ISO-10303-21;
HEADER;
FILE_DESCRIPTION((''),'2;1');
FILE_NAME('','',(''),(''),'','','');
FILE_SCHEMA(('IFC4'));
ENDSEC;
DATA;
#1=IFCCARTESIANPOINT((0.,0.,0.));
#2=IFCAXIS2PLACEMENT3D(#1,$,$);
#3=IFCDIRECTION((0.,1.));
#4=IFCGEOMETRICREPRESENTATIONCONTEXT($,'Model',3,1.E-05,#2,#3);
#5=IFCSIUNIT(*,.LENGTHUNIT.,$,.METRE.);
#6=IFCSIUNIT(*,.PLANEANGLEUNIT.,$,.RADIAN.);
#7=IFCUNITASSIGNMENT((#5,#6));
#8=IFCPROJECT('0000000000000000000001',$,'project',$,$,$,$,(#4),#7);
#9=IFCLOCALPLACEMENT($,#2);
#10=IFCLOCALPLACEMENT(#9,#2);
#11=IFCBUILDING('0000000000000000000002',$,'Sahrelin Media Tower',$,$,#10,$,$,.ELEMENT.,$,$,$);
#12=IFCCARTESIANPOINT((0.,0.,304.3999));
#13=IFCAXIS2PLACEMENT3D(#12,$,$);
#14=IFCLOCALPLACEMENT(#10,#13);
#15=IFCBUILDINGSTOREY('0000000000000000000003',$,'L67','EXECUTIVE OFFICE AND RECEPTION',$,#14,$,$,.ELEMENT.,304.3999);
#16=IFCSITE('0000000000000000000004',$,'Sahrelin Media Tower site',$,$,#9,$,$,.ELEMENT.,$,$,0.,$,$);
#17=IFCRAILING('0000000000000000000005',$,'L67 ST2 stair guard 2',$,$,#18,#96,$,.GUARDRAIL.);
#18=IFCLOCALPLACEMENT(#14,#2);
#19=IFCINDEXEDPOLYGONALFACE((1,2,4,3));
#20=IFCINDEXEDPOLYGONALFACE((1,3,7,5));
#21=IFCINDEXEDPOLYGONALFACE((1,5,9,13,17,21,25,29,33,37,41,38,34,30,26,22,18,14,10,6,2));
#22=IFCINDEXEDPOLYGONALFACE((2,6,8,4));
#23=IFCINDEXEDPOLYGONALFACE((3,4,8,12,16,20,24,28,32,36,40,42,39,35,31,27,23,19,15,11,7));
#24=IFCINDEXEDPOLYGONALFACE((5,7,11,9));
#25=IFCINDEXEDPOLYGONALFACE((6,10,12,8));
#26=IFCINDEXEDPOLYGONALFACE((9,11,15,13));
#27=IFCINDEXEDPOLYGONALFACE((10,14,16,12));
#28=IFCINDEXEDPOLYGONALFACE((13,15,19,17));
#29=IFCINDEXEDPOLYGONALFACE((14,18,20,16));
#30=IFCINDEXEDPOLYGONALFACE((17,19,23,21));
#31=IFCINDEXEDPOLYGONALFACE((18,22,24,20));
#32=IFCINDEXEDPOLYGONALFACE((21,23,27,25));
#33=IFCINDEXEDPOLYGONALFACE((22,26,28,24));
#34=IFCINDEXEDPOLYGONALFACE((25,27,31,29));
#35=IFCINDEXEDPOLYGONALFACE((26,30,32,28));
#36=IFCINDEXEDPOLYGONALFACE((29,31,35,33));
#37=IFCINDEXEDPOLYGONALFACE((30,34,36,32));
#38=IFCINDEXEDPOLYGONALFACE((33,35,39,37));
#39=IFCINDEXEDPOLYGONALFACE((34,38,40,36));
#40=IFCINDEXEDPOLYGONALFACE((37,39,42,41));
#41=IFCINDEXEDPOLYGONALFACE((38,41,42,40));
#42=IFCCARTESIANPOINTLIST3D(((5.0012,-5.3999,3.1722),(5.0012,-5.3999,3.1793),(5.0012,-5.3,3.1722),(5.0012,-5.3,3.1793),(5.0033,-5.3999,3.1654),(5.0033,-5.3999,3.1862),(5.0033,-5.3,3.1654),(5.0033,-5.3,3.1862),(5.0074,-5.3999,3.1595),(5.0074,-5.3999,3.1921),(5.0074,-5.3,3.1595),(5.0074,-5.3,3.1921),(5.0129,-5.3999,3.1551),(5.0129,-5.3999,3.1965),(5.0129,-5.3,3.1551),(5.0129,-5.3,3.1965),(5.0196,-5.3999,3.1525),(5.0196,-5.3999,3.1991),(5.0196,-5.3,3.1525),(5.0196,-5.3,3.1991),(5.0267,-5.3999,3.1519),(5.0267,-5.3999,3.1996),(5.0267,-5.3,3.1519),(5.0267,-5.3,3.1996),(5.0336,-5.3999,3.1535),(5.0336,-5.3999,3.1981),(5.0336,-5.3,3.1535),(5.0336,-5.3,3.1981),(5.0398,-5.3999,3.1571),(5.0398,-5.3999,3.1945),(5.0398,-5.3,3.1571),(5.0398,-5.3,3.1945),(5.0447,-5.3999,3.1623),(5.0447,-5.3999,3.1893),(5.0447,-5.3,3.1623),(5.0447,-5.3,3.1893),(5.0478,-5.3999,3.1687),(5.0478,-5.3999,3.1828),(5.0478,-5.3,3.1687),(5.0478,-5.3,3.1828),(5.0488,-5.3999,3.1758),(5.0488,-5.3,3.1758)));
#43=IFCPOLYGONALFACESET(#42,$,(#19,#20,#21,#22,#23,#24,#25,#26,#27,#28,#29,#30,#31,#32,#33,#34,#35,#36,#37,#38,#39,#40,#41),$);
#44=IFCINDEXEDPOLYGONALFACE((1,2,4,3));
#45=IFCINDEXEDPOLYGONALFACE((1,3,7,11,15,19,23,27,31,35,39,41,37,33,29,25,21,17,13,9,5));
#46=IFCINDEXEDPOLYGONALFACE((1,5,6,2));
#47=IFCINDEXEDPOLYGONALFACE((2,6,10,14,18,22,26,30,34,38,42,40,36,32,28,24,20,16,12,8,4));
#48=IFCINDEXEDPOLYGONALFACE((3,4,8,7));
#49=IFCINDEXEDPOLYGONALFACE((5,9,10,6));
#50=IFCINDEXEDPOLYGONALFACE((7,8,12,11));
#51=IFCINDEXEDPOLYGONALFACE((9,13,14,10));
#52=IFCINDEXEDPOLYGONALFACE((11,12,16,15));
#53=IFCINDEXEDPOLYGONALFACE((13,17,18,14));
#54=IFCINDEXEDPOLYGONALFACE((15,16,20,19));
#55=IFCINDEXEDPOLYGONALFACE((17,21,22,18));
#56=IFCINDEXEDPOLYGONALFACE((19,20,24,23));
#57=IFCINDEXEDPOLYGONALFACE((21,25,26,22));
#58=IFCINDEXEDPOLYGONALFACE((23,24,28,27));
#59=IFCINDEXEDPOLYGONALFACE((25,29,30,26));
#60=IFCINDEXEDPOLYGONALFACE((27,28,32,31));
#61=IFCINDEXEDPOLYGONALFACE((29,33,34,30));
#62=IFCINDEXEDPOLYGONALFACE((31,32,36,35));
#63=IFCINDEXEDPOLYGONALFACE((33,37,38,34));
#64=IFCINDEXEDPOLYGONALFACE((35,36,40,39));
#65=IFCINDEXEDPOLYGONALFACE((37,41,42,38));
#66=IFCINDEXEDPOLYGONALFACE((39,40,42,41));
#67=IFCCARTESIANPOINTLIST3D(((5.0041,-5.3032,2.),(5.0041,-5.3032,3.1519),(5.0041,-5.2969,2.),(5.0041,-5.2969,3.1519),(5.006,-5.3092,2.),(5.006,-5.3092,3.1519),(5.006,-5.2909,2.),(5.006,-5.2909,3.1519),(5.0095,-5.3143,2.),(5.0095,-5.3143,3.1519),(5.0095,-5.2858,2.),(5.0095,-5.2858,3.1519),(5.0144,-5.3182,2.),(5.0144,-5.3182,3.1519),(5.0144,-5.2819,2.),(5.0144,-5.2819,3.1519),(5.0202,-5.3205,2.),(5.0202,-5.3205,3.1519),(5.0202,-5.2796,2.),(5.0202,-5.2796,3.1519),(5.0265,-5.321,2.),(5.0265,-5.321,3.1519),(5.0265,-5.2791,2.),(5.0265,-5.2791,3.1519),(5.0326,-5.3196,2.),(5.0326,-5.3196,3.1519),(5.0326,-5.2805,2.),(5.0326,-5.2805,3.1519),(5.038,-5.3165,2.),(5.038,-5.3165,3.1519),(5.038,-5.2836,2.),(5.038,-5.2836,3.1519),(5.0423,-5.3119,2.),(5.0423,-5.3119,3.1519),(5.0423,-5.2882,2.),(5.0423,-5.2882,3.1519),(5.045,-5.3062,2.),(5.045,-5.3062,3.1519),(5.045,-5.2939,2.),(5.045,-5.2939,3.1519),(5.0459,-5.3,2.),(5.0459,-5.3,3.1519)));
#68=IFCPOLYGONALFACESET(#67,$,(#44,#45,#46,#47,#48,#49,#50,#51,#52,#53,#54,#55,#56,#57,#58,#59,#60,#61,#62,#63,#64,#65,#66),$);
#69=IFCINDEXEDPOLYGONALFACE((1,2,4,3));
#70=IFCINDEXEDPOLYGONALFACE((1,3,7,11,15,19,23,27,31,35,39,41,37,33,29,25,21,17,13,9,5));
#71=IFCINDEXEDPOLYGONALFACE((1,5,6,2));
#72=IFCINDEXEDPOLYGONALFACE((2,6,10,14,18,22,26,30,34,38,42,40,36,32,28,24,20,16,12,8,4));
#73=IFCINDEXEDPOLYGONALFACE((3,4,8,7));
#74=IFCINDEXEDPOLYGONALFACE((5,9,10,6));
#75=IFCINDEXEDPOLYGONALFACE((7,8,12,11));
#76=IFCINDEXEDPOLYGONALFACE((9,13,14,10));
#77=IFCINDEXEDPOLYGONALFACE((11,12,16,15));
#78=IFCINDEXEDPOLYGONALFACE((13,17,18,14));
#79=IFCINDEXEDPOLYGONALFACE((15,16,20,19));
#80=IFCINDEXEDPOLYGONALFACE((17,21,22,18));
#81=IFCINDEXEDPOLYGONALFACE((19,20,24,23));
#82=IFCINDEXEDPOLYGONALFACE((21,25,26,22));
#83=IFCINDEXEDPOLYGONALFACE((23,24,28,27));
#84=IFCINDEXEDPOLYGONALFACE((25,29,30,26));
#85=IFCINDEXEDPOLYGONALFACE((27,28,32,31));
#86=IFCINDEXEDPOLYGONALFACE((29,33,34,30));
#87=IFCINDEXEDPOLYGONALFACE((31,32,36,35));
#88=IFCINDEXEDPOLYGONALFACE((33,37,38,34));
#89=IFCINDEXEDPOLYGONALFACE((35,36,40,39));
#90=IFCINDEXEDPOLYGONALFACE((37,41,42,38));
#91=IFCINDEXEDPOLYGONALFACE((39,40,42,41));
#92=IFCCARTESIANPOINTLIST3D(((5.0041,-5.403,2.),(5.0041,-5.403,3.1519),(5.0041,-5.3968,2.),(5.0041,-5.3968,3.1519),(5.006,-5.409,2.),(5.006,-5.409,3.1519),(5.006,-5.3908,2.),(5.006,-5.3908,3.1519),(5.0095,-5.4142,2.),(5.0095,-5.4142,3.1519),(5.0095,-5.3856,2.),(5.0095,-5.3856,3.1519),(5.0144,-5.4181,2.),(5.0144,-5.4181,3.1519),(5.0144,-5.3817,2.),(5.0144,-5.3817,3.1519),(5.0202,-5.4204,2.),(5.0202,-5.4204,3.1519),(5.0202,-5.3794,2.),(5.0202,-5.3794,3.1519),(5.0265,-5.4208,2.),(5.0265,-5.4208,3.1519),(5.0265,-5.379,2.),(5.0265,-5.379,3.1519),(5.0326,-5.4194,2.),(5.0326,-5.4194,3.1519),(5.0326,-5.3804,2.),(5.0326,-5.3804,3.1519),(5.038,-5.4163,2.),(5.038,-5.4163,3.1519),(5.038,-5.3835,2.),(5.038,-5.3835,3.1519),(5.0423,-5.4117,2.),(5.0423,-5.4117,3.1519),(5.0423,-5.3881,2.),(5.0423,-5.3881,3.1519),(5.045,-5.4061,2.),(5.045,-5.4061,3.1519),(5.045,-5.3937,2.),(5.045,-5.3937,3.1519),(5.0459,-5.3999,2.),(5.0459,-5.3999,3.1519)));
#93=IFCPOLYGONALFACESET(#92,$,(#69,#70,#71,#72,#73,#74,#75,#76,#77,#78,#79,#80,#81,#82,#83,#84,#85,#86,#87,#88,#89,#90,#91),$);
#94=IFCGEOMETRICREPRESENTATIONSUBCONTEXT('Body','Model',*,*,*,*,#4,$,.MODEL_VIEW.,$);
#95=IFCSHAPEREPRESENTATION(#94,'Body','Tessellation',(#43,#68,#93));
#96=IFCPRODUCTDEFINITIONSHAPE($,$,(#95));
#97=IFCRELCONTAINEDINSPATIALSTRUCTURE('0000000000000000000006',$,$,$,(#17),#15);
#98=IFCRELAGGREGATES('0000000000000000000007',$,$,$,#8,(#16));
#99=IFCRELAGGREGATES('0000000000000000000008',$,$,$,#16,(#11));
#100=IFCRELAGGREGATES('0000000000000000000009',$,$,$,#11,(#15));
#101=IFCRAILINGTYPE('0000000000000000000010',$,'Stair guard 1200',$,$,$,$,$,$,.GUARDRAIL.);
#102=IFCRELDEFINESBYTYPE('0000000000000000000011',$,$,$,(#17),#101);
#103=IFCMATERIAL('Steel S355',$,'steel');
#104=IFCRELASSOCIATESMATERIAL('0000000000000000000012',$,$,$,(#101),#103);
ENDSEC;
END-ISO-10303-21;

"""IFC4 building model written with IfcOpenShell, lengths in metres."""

from ifc_helpers import new_model, si_unit, direction, frame, origin, origin_2d, place, context, subcontext, project, spatial, circle, extrude, material, type_object, element, save


model = new_model("IFC4")

# Units and contexts
model_context = context("Model", 3, precision=1e-05, world=origin(), true_north=direction((0.0, 1.0)))
body_context = subcontext(model_context, "Body", "Model", "MODEL_VIEW")
ifc_project = project(units=[si_unit("LENGTHUNIT", "METRE"), si_unit("PLANEANGLEUNIT", "RADIAN")], contexts=[model_context])

# Site, building, storey
site_placement = place(None, origin())
site = spatial("IfcSite", under=ifc_project, at=site_placement, Name="Sahrelin Media Tower site", CompositionType="ELEMENT", RefElevation=0.0)
building_placement = place(site_placement, origin())
building = spatial("IfcBuilding", under=site, at=building_placement, Name="Sahrelin Media Tower", CompositionType="ELEMENT")
storey_placement = place(building_placement, frame((0.0, 0.0, 304.3999)))
storey = spatial("IfcBuildingStorey", under=building, at=storey_placement, Name="L67", Description="EXECUTIVE OFFICE AND RECEPTION", CompositionType="ELEMENT", Elevation=304.3999)

# Railing
ifc_material_1 = material(Name="Steel S355", Category="steel")
railing_type_1 = type_object("IfcRailingType", Name="Stair guard 1200", PredefinedType="GUARDRAIL", material=ifc_material_1)
railing_1_placement = place(storey_placement, frame((5.0249, -5.3, 2.0)))
element("IfcRailing", 1, at=railing_1_placement, inside=storey, type_object=railing_type_1, Name="L67 ST2 stair guard 2", PredefinedType="GUARDRAIL", context=body_context, shape_type="SweptSolid", body=[
    extrude(circle(Radius=0.0239, at=origin_2d()), frame((0.0, 0.0, 1.1758), z_axis=(0.0, -1.0, 0.0), x_axis=(1.0, 0.0, 0.0)), (0.0, 0.0, 1.0), 0.0999),
    extrude(circle(Radius=0.021, at=origin_2d()), origin(), (0.0, 0.0, 1.0), 1.1519),
    extrude(circle(Radius=0.021, at=origin_2d()), frame((0.0, -0.0999, 0.0)), (0.0, 0.0, 1.0), 1.1519),
])

save(model, "model.ifc")
